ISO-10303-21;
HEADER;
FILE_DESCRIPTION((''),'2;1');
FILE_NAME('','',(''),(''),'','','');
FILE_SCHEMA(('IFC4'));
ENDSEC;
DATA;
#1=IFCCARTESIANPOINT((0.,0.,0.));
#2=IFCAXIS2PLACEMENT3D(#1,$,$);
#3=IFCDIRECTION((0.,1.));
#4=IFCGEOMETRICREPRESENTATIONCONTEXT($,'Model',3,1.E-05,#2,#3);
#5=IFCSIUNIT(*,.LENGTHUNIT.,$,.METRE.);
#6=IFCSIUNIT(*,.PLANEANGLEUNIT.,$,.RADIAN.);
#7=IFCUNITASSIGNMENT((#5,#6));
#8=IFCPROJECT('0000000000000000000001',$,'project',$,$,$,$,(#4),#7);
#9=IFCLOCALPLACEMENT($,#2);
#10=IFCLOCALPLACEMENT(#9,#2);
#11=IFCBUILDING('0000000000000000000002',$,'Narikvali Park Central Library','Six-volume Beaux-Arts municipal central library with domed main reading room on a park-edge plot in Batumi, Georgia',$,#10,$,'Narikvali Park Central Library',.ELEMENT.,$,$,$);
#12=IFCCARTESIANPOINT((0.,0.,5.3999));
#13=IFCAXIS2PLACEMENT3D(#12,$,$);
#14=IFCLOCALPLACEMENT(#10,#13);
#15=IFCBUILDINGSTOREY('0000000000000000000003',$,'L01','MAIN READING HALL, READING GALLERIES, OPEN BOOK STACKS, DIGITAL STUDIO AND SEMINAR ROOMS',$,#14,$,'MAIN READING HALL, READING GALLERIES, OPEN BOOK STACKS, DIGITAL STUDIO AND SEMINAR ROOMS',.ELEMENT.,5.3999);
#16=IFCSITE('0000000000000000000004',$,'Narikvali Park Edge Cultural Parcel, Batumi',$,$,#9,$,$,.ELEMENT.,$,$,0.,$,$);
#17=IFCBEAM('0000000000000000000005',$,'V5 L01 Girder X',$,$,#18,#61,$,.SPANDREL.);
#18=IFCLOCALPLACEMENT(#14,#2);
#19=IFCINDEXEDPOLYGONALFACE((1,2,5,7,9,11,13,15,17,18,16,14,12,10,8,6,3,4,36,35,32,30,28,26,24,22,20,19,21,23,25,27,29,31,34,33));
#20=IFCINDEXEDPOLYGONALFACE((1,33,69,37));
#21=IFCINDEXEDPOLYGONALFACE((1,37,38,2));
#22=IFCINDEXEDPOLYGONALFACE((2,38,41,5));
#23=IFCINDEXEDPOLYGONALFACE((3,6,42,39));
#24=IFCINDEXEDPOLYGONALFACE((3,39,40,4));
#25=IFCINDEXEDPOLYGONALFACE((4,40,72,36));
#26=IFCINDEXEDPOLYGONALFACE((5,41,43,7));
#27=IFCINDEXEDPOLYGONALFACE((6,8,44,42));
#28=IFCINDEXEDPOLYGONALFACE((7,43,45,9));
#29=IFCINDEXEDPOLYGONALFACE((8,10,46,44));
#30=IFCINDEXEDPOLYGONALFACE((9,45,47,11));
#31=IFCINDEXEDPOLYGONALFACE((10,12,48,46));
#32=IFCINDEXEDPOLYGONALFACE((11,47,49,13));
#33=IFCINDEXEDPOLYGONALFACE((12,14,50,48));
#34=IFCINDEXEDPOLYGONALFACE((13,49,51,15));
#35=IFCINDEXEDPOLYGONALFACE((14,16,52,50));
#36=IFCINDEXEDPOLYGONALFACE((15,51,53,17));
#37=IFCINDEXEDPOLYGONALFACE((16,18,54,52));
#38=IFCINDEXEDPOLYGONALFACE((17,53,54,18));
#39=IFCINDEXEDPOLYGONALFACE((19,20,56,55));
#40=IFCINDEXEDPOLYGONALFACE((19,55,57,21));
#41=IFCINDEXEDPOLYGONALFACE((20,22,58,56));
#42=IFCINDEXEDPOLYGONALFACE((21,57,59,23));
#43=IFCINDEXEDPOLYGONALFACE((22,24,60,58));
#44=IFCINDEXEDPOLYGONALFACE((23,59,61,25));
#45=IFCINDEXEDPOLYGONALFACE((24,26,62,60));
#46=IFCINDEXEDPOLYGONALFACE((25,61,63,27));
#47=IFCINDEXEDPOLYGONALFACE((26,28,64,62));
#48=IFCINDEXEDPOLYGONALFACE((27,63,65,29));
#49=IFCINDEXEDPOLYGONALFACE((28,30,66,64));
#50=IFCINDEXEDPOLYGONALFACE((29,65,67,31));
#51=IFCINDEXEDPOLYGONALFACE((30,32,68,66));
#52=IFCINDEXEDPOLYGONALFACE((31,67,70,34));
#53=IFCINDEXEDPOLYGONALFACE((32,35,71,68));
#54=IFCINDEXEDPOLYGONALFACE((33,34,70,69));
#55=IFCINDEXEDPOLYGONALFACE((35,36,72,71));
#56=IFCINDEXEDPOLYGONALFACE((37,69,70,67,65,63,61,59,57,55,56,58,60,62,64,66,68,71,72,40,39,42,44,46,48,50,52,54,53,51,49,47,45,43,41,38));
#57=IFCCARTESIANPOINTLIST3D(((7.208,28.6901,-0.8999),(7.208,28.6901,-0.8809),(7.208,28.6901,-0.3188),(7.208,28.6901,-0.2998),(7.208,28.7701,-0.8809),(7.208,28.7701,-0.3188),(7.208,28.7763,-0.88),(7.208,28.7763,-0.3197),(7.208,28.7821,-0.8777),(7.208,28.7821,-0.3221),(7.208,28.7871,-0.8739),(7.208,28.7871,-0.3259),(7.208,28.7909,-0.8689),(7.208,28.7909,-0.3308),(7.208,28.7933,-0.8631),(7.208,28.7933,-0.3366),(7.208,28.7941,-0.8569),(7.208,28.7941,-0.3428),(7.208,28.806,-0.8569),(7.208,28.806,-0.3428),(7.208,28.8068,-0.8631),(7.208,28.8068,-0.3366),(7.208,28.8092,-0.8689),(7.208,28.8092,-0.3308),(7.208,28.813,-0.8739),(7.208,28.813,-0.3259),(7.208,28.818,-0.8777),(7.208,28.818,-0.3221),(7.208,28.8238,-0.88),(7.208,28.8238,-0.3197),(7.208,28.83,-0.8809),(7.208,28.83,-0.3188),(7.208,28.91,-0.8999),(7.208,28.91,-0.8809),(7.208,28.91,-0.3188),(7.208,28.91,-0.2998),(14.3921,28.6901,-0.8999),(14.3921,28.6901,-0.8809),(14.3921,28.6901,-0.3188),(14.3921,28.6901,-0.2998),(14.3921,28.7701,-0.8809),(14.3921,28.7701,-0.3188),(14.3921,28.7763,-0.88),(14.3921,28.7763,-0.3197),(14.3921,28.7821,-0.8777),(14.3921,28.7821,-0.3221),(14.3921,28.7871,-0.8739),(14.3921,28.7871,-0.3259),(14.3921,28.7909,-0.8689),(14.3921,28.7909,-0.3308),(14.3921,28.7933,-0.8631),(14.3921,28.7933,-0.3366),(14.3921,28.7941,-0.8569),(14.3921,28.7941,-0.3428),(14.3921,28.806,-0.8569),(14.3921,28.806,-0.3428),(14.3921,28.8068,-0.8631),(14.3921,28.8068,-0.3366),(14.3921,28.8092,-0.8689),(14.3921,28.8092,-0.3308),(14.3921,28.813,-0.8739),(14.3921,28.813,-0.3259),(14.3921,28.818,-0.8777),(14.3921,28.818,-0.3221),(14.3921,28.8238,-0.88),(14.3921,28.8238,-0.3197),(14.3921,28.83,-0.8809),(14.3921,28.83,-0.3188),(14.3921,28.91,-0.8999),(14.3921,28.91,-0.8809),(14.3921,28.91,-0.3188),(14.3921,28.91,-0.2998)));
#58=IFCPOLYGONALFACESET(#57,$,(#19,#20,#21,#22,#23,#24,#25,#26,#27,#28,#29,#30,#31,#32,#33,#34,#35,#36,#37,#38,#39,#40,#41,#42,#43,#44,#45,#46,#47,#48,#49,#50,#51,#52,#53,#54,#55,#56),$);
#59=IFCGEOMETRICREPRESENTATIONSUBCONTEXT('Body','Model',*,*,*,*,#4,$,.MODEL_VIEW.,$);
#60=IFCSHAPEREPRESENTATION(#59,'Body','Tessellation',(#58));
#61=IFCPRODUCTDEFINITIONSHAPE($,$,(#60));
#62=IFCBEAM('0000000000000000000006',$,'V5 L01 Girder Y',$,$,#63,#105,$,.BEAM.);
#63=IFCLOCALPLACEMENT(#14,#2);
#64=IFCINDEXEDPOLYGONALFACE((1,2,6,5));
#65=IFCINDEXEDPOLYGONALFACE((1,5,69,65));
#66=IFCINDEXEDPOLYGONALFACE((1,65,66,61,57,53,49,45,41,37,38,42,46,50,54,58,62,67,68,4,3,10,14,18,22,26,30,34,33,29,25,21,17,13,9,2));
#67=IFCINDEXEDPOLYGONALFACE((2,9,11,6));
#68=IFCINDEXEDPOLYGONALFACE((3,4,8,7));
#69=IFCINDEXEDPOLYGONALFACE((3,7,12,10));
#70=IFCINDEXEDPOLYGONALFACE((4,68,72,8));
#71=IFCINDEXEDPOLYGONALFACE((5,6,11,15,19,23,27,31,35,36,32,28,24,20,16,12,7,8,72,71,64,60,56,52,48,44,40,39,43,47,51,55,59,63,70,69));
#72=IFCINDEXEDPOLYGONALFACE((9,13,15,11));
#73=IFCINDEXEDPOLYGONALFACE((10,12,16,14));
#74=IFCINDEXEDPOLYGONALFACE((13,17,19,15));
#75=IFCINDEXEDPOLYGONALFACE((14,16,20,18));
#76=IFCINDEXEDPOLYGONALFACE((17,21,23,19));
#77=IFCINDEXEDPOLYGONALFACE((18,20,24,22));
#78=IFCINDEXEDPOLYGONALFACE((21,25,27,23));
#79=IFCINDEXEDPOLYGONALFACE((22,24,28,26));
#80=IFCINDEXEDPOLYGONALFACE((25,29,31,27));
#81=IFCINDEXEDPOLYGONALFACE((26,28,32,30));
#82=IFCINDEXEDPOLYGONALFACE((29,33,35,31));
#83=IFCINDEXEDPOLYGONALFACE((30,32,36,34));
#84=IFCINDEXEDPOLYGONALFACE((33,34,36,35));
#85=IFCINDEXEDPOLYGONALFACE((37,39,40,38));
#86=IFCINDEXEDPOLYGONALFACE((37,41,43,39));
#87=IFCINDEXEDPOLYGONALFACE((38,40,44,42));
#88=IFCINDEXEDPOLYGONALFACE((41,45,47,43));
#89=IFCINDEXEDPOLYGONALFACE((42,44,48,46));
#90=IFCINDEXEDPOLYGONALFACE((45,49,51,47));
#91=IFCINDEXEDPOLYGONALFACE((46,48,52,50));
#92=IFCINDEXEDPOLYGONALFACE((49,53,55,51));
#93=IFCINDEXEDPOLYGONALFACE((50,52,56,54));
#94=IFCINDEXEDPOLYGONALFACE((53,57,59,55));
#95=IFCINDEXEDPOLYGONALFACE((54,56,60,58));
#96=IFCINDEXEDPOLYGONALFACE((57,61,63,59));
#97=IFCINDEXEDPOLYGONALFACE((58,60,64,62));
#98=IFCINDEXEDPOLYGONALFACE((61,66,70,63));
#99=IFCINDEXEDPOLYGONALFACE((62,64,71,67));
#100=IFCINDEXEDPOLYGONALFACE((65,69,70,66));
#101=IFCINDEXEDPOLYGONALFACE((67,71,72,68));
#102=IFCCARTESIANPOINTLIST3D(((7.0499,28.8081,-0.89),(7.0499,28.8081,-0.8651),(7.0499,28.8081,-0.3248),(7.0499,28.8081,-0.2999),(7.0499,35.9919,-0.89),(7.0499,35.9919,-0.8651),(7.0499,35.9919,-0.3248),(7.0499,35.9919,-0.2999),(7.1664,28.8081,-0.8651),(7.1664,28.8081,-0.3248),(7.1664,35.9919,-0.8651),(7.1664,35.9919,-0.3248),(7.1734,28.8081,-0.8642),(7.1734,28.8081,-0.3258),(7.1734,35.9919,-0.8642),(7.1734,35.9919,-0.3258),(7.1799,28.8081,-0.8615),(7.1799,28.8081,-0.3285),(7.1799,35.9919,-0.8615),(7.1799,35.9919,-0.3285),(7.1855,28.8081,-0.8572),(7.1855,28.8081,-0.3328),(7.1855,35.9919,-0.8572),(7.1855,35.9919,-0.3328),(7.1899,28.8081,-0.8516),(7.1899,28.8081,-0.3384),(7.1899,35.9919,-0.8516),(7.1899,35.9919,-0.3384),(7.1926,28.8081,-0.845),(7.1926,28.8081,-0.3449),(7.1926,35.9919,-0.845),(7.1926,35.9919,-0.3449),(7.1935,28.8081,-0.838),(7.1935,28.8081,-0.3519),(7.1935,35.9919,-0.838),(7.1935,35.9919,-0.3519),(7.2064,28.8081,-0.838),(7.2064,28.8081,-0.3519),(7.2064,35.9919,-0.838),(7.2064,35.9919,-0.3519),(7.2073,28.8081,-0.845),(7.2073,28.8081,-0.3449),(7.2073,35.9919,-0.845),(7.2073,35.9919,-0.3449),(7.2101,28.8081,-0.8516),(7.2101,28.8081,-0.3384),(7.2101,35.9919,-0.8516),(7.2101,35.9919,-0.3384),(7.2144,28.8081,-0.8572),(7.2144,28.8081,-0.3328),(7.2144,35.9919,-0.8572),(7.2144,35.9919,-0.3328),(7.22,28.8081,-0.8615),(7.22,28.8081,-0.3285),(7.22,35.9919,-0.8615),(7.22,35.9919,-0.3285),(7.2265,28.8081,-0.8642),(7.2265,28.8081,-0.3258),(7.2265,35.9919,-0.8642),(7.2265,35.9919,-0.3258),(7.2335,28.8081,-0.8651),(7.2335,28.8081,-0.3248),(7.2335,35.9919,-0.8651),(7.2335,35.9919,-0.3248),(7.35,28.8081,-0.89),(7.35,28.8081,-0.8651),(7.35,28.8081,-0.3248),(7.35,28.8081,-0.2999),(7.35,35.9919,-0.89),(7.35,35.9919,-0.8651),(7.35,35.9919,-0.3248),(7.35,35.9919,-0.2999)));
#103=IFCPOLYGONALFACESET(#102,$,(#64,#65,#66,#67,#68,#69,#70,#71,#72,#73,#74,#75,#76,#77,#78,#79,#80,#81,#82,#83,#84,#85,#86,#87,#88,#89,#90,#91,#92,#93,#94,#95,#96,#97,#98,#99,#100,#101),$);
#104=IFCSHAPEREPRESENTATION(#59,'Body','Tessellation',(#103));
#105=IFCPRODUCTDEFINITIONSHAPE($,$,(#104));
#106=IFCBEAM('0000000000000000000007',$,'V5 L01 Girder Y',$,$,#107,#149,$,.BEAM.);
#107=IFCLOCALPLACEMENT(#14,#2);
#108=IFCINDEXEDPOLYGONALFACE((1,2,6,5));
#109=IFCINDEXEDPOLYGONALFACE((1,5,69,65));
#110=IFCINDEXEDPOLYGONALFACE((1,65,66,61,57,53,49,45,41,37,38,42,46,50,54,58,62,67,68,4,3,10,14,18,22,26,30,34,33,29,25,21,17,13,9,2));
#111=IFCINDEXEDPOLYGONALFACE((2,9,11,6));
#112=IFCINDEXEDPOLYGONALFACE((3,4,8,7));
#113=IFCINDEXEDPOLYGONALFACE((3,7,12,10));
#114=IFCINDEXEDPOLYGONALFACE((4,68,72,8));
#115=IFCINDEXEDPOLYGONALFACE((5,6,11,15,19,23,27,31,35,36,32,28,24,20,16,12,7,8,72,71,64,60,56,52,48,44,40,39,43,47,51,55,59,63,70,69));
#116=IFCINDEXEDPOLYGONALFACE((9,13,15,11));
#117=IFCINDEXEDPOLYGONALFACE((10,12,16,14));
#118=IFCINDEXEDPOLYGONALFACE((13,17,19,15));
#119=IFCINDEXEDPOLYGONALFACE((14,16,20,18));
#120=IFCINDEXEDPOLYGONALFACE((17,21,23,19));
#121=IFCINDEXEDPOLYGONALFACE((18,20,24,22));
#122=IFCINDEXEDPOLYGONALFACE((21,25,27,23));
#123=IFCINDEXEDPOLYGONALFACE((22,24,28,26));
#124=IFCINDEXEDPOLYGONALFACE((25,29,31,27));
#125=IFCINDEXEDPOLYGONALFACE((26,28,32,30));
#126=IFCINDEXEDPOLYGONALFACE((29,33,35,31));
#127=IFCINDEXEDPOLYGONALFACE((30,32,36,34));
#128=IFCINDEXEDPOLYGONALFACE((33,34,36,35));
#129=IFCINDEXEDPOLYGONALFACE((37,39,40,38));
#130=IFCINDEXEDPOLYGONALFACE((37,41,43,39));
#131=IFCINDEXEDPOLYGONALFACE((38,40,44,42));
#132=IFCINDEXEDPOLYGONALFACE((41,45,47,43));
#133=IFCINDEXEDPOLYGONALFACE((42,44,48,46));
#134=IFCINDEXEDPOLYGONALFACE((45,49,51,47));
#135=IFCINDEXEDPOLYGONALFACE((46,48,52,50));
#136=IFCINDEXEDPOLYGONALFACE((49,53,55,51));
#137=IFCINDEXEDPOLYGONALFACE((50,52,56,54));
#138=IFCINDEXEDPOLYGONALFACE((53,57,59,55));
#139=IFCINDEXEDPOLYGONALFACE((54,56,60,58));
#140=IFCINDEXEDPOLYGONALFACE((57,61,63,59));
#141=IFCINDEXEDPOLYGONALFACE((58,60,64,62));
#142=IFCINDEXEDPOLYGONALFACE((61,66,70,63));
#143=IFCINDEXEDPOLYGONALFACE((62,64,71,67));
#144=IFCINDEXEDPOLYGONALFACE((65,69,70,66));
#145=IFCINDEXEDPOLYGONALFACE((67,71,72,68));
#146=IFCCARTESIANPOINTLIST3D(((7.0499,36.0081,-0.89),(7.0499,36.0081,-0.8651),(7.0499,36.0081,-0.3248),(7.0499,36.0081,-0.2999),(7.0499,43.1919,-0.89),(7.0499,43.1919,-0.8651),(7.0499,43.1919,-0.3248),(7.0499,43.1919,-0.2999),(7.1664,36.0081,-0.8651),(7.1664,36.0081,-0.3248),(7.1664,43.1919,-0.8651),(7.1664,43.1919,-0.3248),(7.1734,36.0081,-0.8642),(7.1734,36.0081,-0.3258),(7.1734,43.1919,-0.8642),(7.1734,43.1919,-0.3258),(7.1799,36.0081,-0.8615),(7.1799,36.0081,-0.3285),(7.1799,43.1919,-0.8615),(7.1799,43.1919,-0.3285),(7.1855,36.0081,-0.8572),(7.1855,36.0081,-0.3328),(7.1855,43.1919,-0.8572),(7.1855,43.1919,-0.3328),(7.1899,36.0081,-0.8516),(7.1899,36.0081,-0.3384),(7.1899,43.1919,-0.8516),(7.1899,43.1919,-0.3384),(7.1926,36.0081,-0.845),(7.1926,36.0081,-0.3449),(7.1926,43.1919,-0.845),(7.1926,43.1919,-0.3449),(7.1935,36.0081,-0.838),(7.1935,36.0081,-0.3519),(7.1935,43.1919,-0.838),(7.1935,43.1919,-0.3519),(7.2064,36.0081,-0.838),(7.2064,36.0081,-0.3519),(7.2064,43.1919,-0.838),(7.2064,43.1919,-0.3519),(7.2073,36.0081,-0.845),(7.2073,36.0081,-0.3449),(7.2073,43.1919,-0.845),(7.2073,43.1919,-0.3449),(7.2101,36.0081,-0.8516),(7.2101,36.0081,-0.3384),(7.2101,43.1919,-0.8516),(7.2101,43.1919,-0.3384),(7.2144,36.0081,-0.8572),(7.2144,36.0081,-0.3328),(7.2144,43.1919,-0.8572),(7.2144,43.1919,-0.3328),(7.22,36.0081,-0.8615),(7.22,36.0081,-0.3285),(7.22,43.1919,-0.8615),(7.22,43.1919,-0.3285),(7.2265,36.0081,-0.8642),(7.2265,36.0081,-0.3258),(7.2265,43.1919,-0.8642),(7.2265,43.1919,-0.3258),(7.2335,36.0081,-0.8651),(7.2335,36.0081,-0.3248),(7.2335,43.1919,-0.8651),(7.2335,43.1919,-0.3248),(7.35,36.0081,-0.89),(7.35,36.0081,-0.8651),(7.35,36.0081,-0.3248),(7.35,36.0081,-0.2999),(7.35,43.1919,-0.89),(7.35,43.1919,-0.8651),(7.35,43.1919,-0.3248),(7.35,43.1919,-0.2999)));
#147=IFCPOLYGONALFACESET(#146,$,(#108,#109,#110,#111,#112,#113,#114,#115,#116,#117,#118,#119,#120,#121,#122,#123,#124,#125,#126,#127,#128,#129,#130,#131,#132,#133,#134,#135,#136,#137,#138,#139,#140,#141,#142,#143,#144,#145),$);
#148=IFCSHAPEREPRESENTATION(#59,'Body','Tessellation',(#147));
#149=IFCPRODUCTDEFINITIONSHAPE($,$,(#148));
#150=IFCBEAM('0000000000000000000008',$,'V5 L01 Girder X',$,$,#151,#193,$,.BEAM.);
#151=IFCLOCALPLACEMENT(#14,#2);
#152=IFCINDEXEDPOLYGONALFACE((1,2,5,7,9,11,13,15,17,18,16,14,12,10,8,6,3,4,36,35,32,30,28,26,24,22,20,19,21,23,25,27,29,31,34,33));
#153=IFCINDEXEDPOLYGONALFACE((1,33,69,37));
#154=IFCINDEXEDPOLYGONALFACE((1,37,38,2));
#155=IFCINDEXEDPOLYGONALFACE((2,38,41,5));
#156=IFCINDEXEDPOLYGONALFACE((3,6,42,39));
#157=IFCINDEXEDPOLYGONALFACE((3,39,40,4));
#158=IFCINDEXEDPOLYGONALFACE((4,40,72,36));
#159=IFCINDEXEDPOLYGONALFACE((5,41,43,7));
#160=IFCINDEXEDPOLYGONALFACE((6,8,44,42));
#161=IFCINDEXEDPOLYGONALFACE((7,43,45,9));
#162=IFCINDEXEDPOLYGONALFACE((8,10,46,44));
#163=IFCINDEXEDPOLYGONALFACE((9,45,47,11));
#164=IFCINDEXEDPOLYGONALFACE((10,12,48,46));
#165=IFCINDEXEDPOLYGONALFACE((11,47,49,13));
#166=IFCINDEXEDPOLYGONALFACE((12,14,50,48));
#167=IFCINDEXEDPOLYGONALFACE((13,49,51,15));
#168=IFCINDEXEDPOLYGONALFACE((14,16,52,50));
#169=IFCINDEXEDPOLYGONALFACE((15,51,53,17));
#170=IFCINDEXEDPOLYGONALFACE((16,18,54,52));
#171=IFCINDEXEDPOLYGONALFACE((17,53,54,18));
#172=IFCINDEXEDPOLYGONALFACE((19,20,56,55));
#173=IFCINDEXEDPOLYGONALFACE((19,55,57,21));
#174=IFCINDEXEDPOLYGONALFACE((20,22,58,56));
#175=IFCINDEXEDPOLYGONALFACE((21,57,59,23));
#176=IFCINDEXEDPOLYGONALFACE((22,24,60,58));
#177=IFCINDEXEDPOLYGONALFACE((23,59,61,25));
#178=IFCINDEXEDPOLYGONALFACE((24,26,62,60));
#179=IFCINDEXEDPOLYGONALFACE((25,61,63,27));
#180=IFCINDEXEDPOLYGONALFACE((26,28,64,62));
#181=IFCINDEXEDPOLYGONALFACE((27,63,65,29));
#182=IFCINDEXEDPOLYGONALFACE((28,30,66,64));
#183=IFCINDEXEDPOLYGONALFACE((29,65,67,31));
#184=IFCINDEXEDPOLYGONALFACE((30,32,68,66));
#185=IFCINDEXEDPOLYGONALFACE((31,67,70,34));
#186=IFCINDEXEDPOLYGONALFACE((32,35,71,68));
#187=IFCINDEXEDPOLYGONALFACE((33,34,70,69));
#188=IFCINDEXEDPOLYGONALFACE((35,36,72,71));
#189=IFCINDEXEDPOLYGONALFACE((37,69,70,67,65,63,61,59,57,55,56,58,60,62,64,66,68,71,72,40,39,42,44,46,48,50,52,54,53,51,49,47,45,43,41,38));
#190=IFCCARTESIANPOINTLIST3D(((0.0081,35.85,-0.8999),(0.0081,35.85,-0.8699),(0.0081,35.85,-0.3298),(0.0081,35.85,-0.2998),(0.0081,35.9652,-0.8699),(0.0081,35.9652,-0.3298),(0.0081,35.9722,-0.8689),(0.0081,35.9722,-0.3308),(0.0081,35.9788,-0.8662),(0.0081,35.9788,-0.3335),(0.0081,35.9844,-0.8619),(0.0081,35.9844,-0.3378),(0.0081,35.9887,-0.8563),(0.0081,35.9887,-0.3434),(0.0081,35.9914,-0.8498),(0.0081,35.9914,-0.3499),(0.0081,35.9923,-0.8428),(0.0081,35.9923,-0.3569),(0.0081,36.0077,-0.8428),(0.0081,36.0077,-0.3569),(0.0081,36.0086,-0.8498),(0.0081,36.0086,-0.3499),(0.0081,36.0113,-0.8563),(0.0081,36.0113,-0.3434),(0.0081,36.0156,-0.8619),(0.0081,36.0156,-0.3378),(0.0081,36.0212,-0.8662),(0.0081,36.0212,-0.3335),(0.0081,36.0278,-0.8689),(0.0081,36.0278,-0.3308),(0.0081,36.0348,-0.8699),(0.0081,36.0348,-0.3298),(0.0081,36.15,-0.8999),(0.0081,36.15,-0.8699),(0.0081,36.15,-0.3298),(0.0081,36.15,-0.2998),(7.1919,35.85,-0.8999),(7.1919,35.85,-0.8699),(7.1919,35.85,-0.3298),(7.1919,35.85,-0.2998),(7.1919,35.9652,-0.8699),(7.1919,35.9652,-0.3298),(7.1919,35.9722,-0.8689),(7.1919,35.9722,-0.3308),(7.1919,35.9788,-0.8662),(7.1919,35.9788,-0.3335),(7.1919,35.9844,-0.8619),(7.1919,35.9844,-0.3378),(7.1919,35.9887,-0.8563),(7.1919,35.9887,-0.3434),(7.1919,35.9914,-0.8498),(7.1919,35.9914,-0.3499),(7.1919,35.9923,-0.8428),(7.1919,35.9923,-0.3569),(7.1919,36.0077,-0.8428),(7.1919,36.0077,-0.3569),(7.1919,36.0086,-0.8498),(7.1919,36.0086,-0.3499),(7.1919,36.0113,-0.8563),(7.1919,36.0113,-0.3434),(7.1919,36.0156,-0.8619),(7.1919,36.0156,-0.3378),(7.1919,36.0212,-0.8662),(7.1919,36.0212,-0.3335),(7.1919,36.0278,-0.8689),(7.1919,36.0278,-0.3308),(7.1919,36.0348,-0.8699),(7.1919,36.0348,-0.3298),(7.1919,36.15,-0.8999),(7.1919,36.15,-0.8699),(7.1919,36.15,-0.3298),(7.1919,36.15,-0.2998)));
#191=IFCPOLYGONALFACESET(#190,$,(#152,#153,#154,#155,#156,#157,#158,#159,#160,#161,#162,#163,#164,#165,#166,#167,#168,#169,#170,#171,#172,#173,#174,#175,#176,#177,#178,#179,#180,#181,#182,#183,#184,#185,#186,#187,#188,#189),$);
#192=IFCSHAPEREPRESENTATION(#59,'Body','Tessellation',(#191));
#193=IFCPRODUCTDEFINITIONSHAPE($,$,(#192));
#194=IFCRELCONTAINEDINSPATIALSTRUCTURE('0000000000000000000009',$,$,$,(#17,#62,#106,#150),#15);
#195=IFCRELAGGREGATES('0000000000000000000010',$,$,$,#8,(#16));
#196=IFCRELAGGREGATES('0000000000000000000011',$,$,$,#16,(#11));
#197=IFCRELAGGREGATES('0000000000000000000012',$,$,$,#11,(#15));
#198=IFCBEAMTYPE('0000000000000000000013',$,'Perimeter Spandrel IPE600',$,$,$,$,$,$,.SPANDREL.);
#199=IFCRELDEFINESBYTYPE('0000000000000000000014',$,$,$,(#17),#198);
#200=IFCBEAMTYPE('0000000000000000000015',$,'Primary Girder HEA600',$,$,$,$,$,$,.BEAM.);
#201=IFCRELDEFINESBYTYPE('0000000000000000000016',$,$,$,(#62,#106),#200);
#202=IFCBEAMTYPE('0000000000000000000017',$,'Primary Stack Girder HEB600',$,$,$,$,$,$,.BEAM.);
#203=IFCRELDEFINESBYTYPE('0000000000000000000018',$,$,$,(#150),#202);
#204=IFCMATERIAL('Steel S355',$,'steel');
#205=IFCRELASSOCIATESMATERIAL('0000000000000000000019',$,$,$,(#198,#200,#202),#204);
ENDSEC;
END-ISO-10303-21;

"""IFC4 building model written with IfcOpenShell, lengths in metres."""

from ifc_helpers import new_model, si_unit, direction, frame, origin, origin_2d, place, context, subcontext, project, spatial, i_section, extrude, material, material_profile, profile_set, type_object, element, save


model = new_model("IFC4")

# Units and contexts
model_context = context("Model", 3, precision=1e-05, world=origin(), true_north=direction((0.0, 1.0)))
body_context = subcontext(model_context, "Body", "Model", "MODEL_VIEW")
ifc_project = project(units=[si_unit("LENGTHUNIT", "METRE"), si_unit("PLANEANGLEUNIT", "RADIAN")], contexts=[model_context])

# Site, building, storey
site_placement = place(None, origin())
site = spatial("IfcSite", under=ifc_project, at=site_placement, Name="Narikvali Park Edge Cultural Parcel, Batumi", CompositionType="ELEMENT", RefElevation=0.0)
building_placement = place(site_placement, origin())
building = spatial("IfcBuilding", under=site, at=building_placement, Name="Narikvali Park Central Library", Description="Six-volume Beaux-Arts municipal central library with domed main reading room on a park-edge plot in Batumi, Georgia", LongName="Narikvali Park Central Library", CompositionType="ELEMENT")
storey_placement = place(building_placement, frame((0.0, 0.0, 5.3999)))
storey = spatial("IfcBuildingStorey", under=building, at=storey_placement, Name="L01", Description="MAIN READING HALL, READING GALLERIES, OPEN BOOK STACKS, DIGITAL STUDIO AND SEMINAR ROOMS", LongName="MAIN READING HALL, READING GALLERIES, OPEN BOOK STACKS, DIGITAL STUDIO AND SEMINAR ROOMS", CompositionType="ELEMENT", Elevation=5.3999)

# Shared definitions
ifc_material_1 = material(Name="Steel S355", Category="steel")

# Beams
ifc_material_profile_1 = material_profile(ifc_material_1, i_section(OverallWidth=0.22, OverallDepth=0.6001, WebThickness=0.012, FlangeThickness=0.019, FilletRadius=0.0239, at=origin_2d()), Name="IPE 600")
ifc_profile_set_1 = profile_set([ifc_material_profile_1], Name="Steel S355")
beam_type_1 = type_object("IfcBeamType", Name="Perimeter Spandrel IPE600", PredefinedType="SPANDREL", material=ifc_profile_set_1)
beam_1_placement = place(storey_placement, frame((7.208, 28.8, -0.5999), z_axis=(1.0, 0.0, 0.0), x_axis=(0.0, 1.0, 0.0)))
element("IfcBeam", 1, at=beam_1_placement, inside=storey, type_object=beam_type_1, Name="V5 L01 Girder X", PredefinedType="SPANDREL", context=body_context, shape_type="SweptSolid", body=[
    extrude(i_section(OverallWidth=0.22, OverallDepth=0.6001, WebThickness=0.012, FlangeThickness=0.019, FilletRadius=0.0239, at=origin_2d()), origin(), (0.0, 0.0, 1.0), 7.1841),
])
ifc_material_profile_2 = material_profile(ifc_material_1, i_section(OverallWidth=0.3, OverallDepth=0.5901, WebThickness=0.0129, FlangeThickness=0.0249, FilletRadius=0.0271, at=origin_2d()), Name="HEA 600")
ifc_profile_set_2 = profile_set([ifc_material_profile_2], Name="Steel S355")
beam_type_2 = type_object("IfcBeamType", Name="Primary Girder HEA600", PredefinedType="BEAM", material=ifc_profile_set_2)
for number, where, z_axis, x_axis, name in (
    (2, (7.2, 28.8081, -0.595), (0.0, 1.0, 0.0), (-1.0, 0.0, 0.0), "V5 L01 Girder Y"),
    (3, (7.2, 36.0081, -0.595), (0.0, 1.0, 0.0), (-1.0, 0.0, 0.0), "V5 L01 Girder Y"),
):
    element("IfcBeam", number, at=place(storey_placement, frame(where, z_axis=z_axis, x_axis=x_axis)), inside=storey, type_object=beam_type_2, Name=name, PredefinedType="BEAM", context=body_context, shape_type="SweptSolid", body=[
        extrude(i_section(OverallWidth=0.3, OverallDepth=0.5901, WebThickness=0.0129, FlangeThickness=0.0249, FilletRadius=0.0271, at=origin_2d()), origin(), (0.0, 0.0, 1.0), 7.1838),
    ])
ifc_material_profile_3 = material_profile(ifc_material_1, i_section(OverallWidth=0.3, OverallDepth=0.6001, WebThickness=0.0154, FlangeThickness=0.03, FilletRadius=0.0271, at=origin_2d()), Name="HEB 600")
ifc_profile_set_3 = profile_set([ifc_material_profile_3], Name="Steel S355")
beam_type_3 = type_object("IfcBeamType", Name="Primary Stack Girder HEB600", PredefinedType="BEAM", material=ifc_profile_set_3)
beam_2_placement = place(storey_placement, frame((0.0081, 36.0, -0.5999), z_axis=(1.0, 0.0, 0.0), x_axis=(0.0, 1.0, 0.0)))
element("IfcBeam", 4, at=beam_2_placement, inside=storey, type_object=beam_type_3, Name="V5 L01 Girder X", PredefinedType="BEAM", context=body_context, shape_type="SweptSolid", body=[
    extrude(i_section(OverallWidth=0.3, OverallDepth=0.6001, WebThickness=0.0154, FlangeThickness=0.03, FilletRadius=0.0271, at=origin_2d()), origin(), (0.0, 0.0, 1.0), 7.1838),
])

save(model, "model.ifc")
